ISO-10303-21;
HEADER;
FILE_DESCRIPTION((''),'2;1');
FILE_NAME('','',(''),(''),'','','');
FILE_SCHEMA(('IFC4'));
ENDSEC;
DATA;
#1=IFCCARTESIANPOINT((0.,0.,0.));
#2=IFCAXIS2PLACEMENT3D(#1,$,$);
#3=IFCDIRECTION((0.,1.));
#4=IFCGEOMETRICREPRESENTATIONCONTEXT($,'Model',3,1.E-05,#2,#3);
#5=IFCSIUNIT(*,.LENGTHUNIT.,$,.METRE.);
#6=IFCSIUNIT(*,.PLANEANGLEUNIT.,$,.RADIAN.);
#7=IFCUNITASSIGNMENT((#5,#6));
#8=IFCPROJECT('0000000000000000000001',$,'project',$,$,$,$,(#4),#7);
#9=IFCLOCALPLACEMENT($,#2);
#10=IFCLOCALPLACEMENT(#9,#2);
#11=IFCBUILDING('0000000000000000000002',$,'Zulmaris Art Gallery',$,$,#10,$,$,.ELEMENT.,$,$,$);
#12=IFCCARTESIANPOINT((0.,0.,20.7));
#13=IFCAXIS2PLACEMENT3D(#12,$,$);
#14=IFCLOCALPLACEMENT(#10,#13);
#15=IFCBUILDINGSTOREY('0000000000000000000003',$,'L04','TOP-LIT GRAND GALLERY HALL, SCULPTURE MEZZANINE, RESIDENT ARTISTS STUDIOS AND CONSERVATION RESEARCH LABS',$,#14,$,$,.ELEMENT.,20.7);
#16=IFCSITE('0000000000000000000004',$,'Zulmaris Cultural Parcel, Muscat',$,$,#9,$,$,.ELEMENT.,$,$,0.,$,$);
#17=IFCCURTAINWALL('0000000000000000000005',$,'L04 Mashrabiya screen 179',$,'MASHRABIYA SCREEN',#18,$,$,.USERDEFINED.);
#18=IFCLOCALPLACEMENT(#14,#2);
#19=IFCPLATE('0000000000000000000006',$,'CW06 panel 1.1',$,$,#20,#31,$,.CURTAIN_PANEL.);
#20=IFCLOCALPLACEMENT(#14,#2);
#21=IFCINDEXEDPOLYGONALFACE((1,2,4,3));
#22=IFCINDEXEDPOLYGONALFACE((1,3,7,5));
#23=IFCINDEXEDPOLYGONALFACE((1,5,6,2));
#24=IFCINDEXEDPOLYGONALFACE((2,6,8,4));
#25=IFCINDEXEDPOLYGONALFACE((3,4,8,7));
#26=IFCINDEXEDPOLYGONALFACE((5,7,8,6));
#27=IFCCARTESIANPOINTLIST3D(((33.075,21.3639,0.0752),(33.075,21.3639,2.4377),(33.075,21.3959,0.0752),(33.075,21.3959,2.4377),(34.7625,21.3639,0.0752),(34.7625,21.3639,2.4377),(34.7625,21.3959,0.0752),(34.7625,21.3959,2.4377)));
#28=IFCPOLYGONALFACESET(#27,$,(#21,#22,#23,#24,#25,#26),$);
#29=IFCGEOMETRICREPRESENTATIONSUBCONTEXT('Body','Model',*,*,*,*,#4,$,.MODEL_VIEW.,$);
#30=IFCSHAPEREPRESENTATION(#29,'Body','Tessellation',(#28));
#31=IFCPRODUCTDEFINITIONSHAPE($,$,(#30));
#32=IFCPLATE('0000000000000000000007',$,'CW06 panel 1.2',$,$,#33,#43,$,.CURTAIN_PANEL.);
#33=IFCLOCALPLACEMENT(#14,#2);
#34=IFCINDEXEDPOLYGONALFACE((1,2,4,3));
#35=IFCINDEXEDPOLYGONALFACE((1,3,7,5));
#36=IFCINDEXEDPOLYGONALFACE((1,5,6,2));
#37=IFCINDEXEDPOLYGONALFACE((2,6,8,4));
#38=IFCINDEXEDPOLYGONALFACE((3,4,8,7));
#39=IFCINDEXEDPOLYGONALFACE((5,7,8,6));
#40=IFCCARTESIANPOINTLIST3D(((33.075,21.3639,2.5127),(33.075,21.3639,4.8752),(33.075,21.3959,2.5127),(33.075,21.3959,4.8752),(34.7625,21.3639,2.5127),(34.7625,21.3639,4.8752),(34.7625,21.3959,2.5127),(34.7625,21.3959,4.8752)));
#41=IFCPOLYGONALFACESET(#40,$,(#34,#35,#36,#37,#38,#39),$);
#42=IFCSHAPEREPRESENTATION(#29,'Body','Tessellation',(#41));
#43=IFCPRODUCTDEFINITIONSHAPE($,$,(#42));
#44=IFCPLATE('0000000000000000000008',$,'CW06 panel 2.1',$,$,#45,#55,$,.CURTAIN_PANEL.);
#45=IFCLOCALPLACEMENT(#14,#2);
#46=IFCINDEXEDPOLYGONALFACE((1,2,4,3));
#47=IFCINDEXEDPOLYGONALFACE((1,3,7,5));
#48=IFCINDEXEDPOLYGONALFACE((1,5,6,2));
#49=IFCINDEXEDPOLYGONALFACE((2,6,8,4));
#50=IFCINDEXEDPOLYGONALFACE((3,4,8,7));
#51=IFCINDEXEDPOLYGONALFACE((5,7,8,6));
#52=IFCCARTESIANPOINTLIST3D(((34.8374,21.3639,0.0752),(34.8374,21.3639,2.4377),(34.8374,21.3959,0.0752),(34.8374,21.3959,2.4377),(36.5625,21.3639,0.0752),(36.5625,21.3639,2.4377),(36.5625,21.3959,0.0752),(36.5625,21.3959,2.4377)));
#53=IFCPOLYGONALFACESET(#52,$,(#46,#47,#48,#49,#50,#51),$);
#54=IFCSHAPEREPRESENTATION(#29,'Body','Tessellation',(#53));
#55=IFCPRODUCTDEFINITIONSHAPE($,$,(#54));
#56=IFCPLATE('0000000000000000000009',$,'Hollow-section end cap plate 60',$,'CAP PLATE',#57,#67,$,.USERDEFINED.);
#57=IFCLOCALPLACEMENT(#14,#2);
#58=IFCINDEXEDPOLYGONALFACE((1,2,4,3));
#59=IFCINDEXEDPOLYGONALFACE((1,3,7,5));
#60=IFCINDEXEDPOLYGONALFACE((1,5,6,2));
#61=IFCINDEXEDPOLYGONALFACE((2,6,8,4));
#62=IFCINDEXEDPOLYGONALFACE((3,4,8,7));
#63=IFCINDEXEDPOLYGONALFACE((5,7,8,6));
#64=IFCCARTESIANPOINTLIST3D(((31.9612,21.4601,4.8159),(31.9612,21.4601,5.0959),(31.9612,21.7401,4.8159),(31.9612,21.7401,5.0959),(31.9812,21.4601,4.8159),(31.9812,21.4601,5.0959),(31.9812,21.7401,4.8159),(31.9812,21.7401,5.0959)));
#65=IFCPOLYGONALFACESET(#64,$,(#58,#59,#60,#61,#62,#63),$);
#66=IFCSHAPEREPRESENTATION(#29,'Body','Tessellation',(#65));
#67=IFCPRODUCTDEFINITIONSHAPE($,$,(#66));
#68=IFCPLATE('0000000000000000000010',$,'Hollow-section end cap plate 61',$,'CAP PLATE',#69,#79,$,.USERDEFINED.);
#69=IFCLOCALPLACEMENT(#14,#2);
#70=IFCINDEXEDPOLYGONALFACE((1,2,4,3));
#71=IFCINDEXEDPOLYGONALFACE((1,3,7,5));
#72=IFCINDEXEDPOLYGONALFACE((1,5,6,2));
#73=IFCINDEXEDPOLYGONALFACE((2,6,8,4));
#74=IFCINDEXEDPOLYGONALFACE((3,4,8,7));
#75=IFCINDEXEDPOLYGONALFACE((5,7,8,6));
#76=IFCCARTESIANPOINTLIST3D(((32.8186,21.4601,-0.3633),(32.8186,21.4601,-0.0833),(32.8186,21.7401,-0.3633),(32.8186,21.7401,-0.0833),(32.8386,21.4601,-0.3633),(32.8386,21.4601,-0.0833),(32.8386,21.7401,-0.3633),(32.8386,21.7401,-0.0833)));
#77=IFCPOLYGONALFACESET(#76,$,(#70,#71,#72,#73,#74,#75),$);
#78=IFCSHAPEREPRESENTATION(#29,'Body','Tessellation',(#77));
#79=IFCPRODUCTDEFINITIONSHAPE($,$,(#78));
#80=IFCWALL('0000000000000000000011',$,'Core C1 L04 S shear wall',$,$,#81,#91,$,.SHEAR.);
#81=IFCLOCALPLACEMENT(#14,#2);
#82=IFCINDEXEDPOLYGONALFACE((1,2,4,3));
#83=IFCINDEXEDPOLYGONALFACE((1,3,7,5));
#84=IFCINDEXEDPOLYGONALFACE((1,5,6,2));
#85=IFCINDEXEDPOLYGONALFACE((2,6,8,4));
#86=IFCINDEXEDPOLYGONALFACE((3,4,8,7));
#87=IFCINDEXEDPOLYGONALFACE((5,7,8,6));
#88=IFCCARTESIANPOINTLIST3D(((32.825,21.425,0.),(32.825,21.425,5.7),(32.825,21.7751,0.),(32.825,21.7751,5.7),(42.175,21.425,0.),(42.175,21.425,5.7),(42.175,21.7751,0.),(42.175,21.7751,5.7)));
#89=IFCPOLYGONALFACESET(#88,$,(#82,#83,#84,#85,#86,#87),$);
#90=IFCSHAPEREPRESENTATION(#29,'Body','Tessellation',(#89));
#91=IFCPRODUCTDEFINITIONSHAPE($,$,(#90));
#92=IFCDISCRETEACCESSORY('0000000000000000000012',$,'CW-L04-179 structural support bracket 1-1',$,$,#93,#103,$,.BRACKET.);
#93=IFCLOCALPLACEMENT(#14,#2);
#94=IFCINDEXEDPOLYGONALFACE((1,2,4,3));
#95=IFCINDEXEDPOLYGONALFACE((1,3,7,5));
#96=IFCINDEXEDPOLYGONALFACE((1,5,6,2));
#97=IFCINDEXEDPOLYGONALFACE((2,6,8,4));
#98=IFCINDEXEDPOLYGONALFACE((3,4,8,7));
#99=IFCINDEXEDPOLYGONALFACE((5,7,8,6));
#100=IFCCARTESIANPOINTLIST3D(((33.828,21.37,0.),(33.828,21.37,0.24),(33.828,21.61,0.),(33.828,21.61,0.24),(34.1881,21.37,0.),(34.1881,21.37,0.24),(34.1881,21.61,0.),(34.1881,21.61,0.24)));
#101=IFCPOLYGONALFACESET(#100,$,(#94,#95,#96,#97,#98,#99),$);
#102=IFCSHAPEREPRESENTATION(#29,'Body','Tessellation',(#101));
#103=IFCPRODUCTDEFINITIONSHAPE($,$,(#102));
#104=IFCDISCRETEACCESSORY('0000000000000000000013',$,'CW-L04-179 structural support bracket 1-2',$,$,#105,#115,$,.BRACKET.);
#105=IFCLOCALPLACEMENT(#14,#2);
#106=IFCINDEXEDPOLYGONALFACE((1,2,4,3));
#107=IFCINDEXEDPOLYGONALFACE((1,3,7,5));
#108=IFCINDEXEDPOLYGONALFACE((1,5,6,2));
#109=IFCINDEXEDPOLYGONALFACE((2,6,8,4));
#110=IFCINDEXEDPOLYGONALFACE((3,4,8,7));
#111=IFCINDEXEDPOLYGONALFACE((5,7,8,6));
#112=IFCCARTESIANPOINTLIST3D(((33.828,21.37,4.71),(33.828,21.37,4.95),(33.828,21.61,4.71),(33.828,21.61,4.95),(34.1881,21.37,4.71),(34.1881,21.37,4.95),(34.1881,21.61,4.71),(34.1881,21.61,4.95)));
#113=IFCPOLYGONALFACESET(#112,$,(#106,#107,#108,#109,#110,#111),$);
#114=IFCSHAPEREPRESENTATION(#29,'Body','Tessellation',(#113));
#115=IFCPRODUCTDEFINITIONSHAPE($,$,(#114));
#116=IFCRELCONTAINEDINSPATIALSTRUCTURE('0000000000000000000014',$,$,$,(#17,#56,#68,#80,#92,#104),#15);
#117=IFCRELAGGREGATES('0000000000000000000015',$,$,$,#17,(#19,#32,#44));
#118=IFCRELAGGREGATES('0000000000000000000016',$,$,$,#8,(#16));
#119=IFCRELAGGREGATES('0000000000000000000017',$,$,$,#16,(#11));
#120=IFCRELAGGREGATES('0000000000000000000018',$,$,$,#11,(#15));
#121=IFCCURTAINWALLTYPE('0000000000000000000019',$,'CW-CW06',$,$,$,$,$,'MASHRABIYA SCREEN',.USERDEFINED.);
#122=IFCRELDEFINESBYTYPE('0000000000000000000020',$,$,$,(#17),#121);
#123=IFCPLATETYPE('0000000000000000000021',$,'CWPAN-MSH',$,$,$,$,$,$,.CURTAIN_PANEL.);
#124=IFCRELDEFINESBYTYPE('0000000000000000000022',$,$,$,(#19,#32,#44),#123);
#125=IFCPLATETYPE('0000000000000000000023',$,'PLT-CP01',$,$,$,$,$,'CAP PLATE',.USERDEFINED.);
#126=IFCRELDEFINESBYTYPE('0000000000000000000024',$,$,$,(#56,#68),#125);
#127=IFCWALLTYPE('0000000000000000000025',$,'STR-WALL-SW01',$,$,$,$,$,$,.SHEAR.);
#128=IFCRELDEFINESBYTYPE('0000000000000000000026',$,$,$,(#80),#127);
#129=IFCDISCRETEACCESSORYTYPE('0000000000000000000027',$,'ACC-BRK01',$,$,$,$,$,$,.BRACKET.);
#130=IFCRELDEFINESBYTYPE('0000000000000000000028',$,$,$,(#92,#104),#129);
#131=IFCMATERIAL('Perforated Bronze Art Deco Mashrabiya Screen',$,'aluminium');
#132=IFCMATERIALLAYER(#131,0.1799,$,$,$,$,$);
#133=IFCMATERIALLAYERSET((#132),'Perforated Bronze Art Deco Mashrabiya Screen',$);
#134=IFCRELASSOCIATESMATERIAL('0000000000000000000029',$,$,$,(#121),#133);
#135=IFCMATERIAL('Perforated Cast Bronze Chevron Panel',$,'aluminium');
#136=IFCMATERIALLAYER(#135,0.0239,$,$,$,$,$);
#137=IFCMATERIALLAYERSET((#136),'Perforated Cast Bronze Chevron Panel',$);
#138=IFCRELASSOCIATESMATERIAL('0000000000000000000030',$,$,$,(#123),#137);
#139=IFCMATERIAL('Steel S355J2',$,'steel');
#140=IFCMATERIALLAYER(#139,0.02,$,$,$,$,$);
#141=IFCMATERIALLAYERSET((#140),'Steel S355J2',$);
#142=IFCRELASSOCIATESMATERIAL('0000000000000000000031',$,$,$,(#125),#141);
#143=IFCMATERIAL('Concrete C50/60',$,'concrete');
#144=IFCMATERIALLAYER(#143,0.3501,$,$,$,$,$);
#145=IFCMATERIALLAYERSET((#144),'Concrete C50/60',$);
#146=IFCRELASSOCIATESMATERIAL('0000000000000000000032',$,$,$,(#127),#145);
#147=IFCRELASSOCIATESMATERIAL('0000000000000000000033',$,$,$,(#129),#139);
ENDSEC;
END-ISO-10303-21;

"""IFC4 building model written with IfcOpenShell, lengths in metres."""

from ifc_helpers import new_model, si_unit, direction, frame, frame_2d, origin, origin_2d, place, context, subcontext, project, spatial, rectangle, extrude, material, layer, layer_set, type_object, element, aggregate, save


model = new_model("IFC4")

# Units and contexts
model_context = context("Model", 3, precision=1e-05, world=origin(), true_north=direction((0.0, 1.0)))
body_context = subcontext(model_context, "Body", "Model", "MODEL_VIEW")
ifc_project = project(units=[si_unit("LENGTHUNIT", "METRE"), si_unit("PLANEANGLEUNIT", "RADIAN")], contexts=[model_context])

# Site, building, storey
site_placement = place(None, origin())
site = spatial("IfcSite", under=ifc_project, at=site_placement, Name="Zulmaris Cultural Parcel, Muscat", CompositionType="ELEMENT", RefElevation=0.0)
building_placement = place(site_placement, origin())
building = spatial("IfcBuilding", under=site, at=building_placement, Name="Zulmaris Art Gallery", CompositionType="ELEMENT")
storey_placement = place(building_placement, frame((0.0, 0.0, 20.7)))
storey = spatial("IfcBuildingStorey", under=building, at=storey_placement, Name="L04", Description="TOP-LIT GRAND GALLERY HALL, SCULPTURE MEZZANINE, RESIDENT ARTISTS STUDIOS AND CONSERVATION RESEARCH LABS", CompositionType="ELEMENT", Elevation=20.7)

# Shared definitions
ifc_material_1 = material(Name="Steel S355J2", Category="steel")

# Shared definitions
ifc_material_2 = material(Name="Perforated Bronze Art Deco Mashrabiya Screen", Category="aluminium")
ifc_layer_1 = layer(ifc_material_2, 0.1799)
ifc_layer_set_1 = layer_set([ifc_layer_1], Name="Perforated Bronze Art Deco Mashrabiya Screen")
curtain_wall_type_1 = type_object("IfcCurtainWallType", Name="CW-CW06", ElementType="MASHRABIYA SCREEN", PredefinedType="USERDEFINED", material=ifc_layer_set_1)

# Curtain wall
curtain_wall_1_placement = place(storey_placement, origin())
curtain_wall_1 = element("IfcCurtainWall", 1, at=curtain_wall_1_placement, inside=storey, type_object=curtain_wall_type_1, Name="L04 Mashrabiya screen 179", ObjectType="MASHRABIYA SCREEN", PredefinedType="USERDEFINED")

# Plates
ifc_material_3 = material(Name="Perforated Cast Bronze Chevron Panel", Category="aluminium")
ifc_layer_2 = layer(ifc_material_3, 0.0239)
ifc_layer_set_2 = layer_set([ifc_layer_2], Name="Perforated Cast Bronze Chevron Panel")
plate_type_1 = type_object("IfcPlateType", Name="CWPAN-MSH", PredefinedType="CURTAIN_PANEL", material=ifc_layer_set_2)
plate_1_placement = place(storey_placement, frame((33.9187, 21.3799, 0.0752), z_axis=(0.0, 0.0, 1.0), x_axis=(1.0, 0.0, 0.0)))
plate_1 = element("IfcPlate", 2, at=plate_1_placement, type_object=plate_type_1, Name="CW06 panel 1.1", PredefinedType="CURTAIN_PANEL", context=body_context, shape_type="SweptSolid", body=[
    extrude(rectangle(XDim=1.6875, YDim=0.032, at=origin_2d()), origin(), (0.0, 0.0, 1.0), 2.3625),
])
plate_2_placement = place(storey_placement, frame((33.9187, 21.3799, 2.5127), z_axis=(0.0, 0.0, 1.0), x_axis=(1.0, 0.0, 0.0)))
plate_2 = element("IfcPlate", 3, at=plate_2_placement, type_object=plate_type_1, Name="CW06 panel 1.2", PredefinedType="CURTAIN_PANEL", context=body_context, shape_type="SweptSolid", body=[
    extrude(rectangle(XDim=1.6875, YDim=0.032, at=origin_2d()), origin(), (0.0, 0.0, 1.0), 2.3625),
])
plate_3_placement = place(storey_placement, frame((35.7, 21.3799, 0.0752), z_axis=(0.0, 0.0, 1.0), x_axis=(1.0, 0.0, 0.0)))
plate_3 = element("IfcPlate", 4, at=plate_3_placement, type_object=plate_type_1, Name="CW06 panel 2.1", PredefinedType="CURTAIN_PANEL", context=body_context, shape_type="SweptSolid", body=[
    extrude(rectangle(XDim=1.7251, YDim=0.032, at=origin_2d()), origin(), (0.0, 0.0, 1.0), 2.3625),
])
aggregate(curtain_wall_1, [plate_1, plate_2, plate_3])

# Plates
ifc_layer_3 = layer(ifc_material_1, 0.02)
ifc_layer_set_3 = layer_set([ifc_layer_3], Name="Steel S355J2")
plate_type_2 = type_object("IfcPlateType", Name="PLT-CP01", ElementType="CAP PLATE", PredefinedType="USERDEFINED", material=ifc_layer_set_3)
for number, where, z_axis, x_axis, name in (
    (5, (31.9712, 21.6001, 4.8159), (0.0, 0.0, 1.0), (1.0, 0.0, 0.0), "Hollow-section end cap plate 60"),
    (6, (32.8286, 21.6001, -0.3633), (0.0, 0.0, 1.0), (1.0, 0.0, 0.0), "Hollow-section end cap plate 61"),
):
    element("IfcPlate", number, at=place(storey_placement, frame(where, z_axis=z_axis, x_axis=x_axis)), inside=storey, type_object=plate_type_2, Name=name, ObjectType="CAP PLATE", PredefinedType="USERDEFINED", context=body_context, shape_type="SweptSolid", body=[
        extrude(rectangle(XDim=0.02, YDim=0.28, at=origin_2d()), origin(), (0.0, 0.0, 1.0), 0.28),
    ])

# Wall
ifc_material_4 = material(Name="Concrete C50/60", Category="concrete")
ifc_layer_4 = layer(ifc_material_4, 0.3501)
ifc_layer_set_4 = layer_set([ifc_layer_4], Name="Concrete C50/60")
wall_type = type_object("IfcWallType", Name="STR-WALL-SW01", PredefinedType="SHEAR", material=ifc_layer_set_4)
wall_placement = place(storey_placement, frame((32.825, 21.6001, 0.0), z_axis=(0.0, 0.0, 1.0), x_axis=(1.0, 0.0, 0.0)))
element("IfcWall", 7, at=wall_placement, inside=storey, type_object=wall_type, Name="Core C1 L04 S shear wall", PredefinedType="SHEAR", context=body_context, shape_type="SweptSolid", body=[
    extrude(rectangle(XDim=9.3501, YDim=0.3501, at=frame_2d((4.675, 0.0))), origin(), (0.0, 0.0, 1.0), 5.7),
])

# Discrete accessories
discrete_accessory_type = type_object("IfcDiscreteAccessoryType", Name="ACC-BRK01", PredefinedType="BRACKET", material=ifc_material_1)
for number, where, z_axis, x_axis, name in (
    (8, (34.0081, 21.49, 0.0), (0.0, 0.0, 1.0), (1.0, 0.0, 0.0), "CW-L04-179 structural support bracket 1-1"),
    (9, (34.0081, 21.49, 4.71), (0.0, 0.0, 1.0), (1.0, 0.0, 0.0), "CW-L04-179 structural support bracket 1-2"),
):
    element("IfcDiscreteAccessory", number, at=place(storey_placement, frame(where, z_axis=z_axis, x_axis=x_axis)), inside=storey, type_object=discrete_accessory_type, Name=name, PredefinedType="BRACKET", context=body_context, shape_type="SweptSolid", body=[
        extrude(rectangle(XDim=0.3601, YDim=0.24, at=origin_2d()), origin(), (0.0, 0.0, 1.0), 0.24),
    ])

save(model, "model.ifc")
